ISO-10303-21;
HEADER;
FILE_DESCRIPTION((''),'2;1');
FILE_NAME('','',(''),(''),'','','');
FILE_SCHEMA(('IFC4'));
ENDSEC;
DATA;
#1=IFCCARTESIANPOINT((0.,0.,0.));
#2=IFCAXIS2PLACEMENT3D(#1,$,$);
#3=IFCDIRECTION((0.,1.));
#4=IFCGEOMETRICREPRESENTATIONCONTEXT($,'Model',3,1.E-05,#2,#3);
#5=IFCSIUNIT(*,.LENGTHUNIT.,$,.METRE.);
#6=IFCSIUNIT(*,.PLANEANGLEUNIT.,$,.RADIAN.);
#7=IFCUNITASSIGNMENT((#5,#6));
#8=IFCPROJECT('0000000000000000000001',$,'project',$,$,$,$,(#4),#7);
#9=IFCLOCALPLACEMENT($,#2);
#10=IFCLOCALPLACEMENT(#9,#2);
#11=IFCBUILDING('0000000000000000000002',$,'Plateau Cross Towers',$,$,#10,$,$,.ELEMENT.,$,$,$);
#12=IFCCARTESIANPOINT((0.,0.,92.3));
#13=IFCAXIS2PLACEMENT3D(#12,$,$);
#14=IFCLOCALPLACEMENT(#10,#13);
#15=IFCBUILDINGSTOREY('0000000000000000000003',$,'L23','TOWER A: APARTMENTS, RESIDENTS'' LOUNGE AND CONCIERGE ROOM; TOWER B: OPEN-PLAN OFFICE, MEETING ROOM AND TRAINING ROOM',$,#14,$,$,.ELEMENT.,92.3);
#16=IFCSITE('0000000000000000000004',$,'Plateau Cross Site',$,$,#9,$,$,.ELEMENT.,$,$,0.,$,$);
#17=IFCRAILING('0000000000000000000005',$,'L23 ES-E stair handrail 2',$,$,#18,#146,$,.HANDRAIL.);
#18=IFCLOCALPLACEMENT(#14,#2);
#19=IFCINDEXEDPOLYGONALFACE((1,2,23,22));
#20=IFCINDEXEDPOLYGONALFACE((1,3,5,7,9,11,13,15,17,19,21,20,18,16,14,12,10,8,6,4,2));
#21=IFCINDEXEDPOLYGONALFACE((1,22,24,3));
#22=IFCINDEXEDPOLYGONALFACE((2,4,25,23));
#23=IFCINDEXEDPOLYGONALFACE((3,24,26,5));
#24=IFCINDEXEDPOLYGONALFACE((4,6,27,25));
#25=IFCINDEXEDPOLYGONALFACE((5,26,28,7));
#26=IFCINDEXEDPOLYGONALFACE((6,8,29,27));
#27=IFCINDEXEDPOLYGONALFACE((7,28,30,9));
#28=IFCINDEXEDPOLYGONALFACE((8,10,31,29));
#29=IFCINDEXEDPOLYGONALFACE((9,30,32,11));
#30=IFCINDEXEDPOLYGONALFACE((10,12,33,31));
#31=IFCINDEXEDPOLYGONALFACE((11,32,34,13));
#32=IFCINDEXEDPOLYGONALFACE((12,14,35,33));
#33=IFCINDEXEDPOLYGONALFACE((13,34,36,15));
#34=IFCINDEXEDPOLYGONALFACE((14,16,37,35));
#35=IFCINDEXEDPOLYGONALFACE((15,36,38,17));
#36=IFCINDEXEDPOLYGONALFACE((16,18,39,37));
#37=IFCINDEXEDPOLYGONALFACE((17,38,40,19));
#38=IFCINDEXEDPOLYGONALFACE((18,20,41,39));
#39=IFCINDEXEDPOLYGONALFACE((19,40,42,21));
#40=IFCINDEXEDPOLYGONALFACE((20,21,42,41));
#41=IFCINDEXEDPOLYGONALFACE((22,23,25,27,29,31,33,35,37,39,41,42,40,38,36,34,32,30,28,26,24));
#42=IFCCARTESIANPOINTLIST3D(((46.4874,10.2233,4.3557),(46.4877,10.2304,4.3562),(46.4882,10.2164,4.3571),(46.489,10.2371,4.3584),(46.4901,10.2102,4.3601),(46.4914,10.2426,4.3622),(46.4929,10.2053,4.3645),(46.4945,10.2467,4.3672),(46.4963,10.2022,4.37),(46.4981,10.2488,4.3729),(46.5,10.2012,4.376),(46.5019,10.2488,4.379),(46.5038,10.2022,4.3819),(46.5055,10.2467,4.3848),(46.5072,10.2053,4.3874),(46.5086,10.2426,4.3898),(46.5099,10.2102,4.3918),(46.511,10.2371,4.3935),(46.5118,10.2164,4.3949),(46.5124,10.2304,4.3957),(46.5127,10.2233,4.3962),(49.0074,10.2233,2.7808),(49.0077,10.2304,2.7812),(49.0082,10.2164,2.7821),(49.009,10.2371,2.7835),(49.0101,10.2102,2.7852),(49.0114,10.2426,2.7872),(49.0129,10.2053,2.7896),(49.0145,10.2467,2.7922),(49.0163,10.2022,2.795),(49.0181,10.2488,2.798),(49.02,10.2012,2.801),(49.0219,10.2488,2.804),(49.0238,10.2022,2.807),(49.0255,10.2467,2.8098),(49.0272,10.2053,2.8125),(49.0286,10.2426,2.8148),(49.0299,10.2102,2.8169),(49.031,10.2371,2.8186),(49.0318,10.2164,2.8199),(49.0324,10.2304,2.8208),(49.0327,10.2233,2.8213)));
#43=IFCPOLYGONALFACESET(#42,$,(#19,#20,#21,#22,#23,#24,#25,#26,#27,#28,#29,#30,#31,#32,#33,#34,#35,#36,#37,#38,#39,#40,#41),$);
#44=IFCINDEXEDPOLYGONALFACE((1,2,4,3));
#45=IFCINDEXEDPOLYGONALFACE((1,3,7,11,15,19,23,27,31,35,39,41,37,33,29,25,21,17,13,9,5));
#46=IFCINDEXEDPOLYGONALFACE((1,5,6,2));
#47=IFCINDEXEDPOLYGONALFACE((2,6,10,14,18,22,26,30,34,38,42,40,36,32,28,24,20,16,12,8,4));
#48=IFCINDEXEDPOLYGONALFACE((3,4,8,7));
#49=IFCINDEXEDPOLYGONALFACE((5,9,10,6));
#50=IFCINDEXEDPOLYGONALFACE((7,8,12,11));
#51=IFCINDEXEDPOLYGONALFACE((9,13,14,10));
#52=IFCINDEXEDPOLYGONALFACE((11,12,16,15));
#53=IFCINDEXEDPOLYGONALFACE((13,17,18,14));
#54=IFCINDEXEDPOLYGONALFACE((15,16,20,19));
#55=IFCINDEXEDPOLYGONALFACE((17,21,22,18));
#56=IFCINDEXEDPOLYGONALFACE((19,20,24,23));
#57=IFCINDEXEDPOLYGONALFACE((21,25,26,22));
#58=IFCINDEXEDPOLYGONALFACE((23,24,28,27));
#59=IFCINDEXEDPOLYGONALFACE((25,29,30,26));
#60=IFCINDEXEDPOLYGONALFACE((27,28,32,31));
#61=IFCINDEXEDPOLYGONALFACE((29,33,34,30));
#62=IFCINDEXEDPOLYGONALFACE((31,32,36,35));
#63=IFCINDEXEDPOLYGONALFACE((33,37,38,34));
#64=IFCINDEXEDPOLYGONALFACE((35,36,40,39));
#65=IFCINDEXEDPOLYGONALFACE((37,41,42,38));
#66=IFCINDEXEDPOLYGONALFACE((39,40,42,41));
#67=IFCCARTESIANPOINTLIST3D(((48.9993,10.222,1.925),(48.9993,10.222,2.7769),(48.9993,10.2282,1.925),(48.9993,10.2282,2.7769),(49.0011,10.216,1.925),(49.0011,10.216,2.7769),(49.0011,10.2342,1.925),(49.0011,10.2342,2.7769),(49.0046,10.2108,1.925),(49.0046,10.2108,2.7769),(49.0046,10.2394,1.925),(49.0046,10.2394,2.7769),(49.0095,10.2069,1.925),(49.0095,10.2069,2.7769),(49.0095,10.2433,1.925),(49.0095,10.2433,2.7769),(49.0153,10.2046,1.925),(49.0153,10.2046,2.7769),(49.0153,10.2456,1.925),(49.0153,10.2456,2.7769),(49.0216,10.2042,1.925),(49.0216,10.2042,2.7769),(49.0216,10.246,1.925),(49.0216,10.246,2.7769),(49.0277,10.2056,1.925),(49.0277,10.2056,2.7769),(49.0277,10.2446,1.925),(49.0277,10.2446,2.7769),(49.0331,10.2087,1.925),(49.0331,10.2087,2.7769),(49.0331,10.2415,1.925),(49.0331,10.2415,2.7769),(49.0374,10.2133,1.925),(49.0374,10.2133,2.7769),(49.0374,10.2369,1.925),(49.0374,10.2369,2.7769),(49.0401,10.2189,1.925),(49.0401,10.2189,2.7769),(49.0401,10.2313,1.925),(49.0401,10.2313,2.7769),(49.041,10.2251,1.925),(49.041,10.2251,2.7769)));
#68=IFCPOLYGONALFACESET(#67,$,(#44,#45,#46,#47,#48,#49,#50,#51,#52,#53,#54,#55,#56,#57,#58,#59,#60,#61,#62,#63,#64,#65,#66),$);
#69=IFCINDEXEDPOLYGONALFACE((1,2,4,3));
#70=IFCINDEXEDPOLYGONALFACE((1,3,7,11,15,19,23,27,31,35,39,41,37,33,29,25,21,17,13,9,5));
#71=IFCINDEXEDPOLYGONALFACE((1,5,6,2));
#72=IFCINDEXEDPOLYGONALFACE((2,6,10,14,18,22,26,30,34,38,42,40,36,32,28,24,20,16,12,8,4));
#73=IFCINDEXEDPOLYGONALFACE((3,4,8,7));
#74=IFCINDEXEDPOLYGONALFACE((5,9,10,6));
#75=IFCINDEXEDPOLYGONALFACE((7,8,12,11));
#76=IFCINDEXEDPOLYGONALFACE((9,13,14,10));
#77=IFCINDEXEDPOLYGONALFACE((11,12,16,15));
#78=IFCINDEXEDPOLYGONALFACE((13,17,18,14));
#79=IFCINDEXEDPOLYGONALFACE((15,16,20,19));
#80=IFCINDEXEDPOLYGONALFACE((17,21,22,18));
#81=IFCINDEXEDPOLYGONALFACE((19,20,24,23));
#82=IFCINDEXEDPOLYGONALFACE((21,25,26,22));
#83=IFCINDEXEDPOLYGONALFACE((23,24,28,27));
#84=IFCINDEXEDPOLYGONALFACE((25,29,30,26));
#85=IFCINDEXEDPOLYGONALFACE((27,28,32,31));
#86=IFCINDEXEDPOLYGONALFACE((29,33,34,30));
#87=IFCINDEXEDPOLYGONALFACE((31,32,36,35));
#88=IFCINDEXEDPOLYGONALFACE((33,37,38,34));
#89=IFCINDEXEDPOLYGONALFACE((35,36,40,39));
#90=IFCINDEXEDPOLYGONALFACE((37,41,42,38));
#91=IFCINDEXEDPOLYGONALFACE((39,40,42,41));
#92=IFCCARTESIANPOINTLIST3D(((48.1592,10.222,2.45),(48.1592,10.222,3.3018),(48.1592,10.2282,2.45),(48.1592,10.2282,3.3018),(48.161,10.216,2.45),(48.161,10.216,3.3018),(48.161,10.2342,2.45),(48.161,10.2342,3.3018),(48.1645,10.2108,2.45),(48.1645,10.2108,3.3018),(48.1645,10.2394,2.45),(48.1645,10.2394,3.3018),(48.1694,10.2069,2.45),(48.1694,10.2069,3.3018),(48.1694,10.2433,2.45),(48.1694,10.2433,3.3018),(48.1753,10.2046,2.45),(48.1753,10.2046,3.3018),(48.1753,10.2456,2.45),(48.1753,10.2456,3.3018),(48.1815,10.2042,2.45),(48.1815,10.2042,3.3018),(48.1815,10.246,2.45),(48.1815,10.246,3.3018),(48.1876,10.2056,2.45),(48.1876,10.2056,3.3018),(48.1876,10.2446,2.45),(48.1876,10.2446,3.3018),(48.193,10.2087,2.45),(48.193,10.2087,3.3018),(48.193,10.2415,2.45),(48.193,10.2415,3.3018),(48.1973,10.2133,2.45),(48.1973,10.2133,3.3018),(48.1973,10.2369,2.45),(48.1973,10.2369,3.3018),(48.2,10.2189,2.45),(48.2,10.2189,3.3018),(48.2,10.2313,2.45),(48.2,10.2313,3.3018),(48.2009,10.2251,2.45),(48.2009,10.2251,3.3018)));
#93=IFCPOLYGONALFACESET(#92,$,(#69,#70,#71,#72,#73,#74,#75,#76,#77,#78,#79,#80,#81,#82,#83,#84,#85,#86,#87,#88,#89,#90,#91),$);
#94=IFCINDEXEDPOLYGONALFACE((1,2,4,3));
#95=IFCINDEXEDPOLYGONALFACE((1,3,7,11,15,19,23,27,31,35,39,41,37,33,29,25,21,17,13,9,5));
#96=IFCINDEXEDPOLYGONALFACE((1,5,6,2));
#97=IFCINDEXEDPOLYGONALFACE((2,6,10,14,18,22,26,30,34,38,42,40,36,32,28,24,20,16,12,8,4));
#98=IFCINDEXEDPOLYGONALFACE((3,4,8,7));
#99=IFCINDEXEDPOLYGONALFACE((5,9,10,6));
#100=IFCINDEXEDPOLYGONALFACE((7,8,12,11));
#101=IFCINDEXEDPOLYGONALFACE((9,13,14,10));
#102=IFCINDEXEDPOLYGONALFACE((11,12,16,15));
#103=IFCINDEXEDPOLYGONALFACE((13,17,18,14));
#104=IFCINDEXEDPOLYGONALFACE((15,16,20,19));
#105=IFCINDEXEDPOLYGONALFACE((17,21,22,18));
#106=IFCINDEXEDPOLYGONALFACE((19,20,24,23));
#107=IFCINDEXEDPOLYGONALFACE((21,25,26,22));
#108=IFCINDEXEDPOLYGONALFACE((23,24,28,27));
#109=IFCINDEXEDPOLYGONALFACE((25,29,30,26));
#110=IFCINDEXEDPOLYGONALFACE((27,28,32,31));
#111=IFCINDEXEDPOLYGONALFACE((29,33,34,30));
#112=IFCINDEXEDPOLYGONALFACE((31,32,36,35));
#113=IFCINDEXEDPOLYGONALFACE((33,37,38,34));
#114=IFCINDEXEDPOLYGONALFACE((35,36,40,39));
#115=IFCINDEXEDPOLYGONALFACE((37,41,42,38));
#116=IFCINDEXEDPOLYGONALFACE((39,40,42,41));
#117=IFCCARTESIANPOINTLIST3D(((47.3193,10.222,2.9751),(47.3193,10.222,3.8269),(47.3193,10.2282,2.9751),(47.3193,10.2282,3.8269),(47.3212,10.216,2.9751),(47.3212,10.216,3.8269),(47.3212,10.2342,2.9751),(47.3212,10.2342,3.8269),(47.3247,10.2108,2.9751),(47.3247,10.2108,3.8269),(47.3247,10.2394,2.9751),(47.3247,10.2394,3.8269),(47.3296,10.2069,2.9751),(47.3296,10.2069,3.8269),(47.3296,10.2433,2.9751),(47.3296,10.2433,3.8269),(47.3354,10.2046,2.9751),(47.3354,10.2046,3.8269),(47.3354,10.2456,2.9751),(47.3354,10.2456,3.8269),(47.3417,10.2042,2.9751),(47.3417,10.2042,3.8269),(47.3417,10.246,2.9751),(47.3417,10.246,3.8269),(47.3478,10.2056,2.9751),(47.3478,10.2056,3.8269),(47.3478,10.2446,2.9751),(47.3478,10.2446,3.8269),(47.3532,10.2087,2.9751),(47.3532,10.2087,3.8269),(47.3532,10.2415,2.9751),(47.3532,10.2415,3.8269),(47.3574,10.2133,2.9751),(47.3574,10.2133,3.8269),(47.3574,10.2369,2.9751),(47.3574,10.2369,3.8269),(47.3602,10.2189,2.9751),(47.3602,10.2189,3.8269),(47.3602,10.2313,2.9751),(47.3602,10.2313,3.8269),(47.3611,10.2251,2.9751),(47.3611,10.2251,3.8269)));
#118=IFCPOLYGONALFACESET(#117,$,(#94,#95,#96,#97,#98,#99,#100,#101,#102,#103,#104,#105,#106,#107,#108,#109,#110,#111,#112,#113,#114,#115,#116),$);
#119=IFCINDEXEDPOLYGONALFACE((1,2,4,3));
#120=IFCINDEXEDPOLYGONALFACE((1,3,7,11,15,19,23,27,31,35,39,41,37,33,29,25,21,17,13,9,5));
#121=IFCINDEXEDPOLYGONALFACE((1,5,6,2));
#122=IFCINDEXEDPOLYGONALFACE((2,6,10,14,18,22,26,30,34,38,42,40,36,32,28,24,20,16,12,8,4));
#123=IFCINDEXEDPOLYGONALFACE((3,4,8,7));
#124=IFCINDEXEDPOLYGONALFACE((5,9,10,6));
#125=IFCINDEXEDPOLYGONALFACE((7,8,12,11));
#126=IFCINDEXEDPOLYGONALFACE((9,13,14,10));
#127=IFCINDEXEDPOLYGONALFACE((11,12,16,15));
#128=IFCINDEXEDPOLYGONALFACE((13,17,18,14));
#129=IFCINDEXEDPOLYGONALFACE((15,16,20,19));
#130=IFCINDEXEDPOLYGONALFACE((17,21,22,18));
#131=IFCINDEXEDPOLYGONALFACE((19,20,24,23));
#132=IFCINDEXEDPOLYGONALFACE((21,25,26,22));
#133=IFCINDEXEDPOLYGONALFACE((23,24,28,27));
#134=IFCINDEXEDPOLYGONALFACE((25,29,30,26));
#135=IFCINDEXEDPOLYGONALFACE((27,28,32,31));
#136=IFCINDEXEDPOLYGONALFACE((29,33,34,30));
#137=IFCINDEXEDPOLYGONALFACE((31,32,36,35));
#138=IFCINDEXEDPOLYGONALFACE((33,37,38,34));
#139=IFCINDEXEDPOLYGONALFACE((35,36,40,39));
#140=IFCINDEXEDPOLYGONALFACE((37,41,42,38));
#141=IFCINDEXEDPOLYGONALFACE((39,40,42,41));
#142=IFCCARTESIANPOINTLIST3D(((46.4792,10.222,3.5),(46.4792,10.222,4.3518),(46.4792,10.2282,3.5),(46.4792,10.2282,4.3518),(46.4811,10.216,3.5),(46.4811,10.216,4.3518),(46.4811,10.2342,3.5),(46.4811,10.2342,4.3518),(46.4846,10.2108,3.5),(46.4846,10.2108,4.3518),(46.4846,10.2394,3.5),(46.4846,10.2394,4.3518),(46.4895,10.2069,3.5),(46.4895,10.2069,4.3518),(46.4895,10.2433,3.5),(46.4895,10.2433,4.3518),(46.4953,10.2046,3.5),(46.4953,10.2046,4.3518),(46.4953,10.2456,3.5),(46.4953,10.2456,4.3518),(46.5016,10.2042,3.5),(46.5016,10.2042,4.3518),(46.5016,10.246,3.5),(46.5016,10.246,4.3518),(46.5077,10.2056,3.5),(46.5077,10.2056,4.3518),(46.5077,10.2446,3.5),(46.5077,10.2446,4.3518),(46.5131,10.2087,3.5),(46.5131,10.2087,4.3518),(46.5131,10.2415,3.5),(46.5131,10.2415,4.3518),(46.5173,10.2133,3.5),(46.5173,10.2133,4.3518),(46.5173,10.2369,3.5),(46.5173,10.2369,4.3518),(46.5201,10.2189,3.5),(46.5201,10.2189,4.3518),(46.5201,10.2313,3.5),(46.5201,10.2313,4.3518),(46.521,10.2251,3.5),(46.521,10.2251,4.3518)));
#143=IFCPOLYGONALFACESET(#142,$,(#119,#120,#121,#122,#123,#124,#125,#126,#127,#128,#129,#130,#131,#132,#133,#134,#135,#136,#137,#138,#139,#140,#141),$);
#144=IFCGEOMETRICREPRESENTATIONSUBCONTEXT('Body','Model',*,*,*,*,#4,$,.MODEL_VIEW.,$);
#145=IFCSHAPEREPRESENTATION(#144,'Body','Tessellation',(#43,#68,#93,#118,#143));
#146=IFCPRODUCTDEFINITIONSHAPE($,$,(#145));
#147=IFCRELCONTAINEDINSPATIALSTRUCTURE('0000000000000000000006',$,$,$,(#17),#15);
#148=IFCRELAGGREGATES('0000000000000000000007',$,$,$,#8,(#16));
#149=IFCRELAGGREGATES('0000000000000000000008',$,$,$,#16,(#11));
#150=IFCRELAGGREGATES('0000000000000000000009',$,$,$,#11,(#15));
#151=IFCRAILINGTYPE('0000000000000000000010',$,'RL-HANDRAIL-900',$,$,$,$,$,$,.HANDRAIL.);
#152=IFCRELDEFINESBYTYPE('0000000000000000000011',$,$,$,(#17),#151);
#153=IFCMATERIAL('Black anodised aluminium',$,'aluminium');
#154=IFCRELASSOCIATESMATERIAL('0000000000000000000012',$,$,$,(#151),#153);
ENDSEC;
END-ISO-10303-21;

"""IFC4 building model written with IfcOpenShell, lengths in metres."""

from ifc_helpers import new_model, si_unit, direction, frame, origin, origin_2d, place, context, subcontext, project, spatial, circle, extrude, material, type_object, element, save


model = new_model("IFC4")

# Units and contexts
model_context = context("Model", 3, precision=1e-05, world=origin(), true_north=direction((0.0, 1.0)))
body_context = subcontext(model_context, "Body", "Model", "MODEL_VIEW")
ifc_project = project(units=[si_unit("LENGTHUNIT", "METRE"), si_unit("PLANEANGLEUNIT", "RADIAN")], contexts=[model_context])

# Site, building, storey
site_placement = place(None, origin())
site = spatial("IfcSite", under=ifc_project, at=site_placement, Name="Plateau Cross Site", CompositionType="ELEMENT", RefElevation=0.0)
building_placement = place(site_placement, origin())
building = spatial("IfcBuilding", under=site, at=building_placement, Name="Plateau Cross Towers", CompositionType="ELEMENT")
storey_placement = place(building_placement, frame((0.0, 0.0, 92.3)))
storey = spatial("IfcBuildingStorey", under=building, at=storey_placement, Name="L23", Description="TOWER A: APARTMENTS, RESIDENTS' LOUNGE AND CONCIERGE ROOM; TOWER B: OPEN-PLAN OFFICE, MEETING ROOM AND TRAINING ROOM", CompositionType="ELEMENT", Elevation=92.3)

# Shared definitions
ifc_material_1 = material(Name="Black anodised aluminium", Category="aluminium")

# Railing
railing_type_1 = type_object("IfcRailingType", Name="RL-HANDRAIL-900", PredefinedType="HANDRAIL", material=ifc_material_1)
railing_1_placement = place(storey_placement, frame((49.02, 10.2251, 1.925)))
element("IfcRailing", 1, at=railing_1_placement, inside=storey, type_object=railing_type_1, Name="L23 ES-E stair handrail 2", PredefinedType="HANDRAIL", context=body_context, shape_type="SweptSolid", body=[
    extrude(circle(Radius=0.0239, at=origin_2d()), frame((0.0, 0.0, 0.876), z_axis=(-0.848008, 0.0, 0.529984), x_axis=(0.0, -1.0, 0.0)), (0.0, 0.0, 1.0), 2.9717),
    extrude(circle(Radius=0.021, at=origin_2d()), origin(), (0.0, 0.0, 1.0), 0.8518),
    extrude(circle(Radius=0.021, at=origin_2d()), frame((-0.8401, 0.0, 0.5249)), (0.0, 0.0, 1.0), 0.8518),
    extrude(circle(Radius=0.021, at=origin_2d()), frame((-1.6799, 0.0, 1.05)), (0.0, 0.0, 1.0), 0.8518),
    extrude(circle(Radius=0.021, at=origin_2d()), frame((-2.52, 0.0, 1.575)), (0.0, 0.0, 1.0), 0.8518),
])

save(model, "model.ifc")
